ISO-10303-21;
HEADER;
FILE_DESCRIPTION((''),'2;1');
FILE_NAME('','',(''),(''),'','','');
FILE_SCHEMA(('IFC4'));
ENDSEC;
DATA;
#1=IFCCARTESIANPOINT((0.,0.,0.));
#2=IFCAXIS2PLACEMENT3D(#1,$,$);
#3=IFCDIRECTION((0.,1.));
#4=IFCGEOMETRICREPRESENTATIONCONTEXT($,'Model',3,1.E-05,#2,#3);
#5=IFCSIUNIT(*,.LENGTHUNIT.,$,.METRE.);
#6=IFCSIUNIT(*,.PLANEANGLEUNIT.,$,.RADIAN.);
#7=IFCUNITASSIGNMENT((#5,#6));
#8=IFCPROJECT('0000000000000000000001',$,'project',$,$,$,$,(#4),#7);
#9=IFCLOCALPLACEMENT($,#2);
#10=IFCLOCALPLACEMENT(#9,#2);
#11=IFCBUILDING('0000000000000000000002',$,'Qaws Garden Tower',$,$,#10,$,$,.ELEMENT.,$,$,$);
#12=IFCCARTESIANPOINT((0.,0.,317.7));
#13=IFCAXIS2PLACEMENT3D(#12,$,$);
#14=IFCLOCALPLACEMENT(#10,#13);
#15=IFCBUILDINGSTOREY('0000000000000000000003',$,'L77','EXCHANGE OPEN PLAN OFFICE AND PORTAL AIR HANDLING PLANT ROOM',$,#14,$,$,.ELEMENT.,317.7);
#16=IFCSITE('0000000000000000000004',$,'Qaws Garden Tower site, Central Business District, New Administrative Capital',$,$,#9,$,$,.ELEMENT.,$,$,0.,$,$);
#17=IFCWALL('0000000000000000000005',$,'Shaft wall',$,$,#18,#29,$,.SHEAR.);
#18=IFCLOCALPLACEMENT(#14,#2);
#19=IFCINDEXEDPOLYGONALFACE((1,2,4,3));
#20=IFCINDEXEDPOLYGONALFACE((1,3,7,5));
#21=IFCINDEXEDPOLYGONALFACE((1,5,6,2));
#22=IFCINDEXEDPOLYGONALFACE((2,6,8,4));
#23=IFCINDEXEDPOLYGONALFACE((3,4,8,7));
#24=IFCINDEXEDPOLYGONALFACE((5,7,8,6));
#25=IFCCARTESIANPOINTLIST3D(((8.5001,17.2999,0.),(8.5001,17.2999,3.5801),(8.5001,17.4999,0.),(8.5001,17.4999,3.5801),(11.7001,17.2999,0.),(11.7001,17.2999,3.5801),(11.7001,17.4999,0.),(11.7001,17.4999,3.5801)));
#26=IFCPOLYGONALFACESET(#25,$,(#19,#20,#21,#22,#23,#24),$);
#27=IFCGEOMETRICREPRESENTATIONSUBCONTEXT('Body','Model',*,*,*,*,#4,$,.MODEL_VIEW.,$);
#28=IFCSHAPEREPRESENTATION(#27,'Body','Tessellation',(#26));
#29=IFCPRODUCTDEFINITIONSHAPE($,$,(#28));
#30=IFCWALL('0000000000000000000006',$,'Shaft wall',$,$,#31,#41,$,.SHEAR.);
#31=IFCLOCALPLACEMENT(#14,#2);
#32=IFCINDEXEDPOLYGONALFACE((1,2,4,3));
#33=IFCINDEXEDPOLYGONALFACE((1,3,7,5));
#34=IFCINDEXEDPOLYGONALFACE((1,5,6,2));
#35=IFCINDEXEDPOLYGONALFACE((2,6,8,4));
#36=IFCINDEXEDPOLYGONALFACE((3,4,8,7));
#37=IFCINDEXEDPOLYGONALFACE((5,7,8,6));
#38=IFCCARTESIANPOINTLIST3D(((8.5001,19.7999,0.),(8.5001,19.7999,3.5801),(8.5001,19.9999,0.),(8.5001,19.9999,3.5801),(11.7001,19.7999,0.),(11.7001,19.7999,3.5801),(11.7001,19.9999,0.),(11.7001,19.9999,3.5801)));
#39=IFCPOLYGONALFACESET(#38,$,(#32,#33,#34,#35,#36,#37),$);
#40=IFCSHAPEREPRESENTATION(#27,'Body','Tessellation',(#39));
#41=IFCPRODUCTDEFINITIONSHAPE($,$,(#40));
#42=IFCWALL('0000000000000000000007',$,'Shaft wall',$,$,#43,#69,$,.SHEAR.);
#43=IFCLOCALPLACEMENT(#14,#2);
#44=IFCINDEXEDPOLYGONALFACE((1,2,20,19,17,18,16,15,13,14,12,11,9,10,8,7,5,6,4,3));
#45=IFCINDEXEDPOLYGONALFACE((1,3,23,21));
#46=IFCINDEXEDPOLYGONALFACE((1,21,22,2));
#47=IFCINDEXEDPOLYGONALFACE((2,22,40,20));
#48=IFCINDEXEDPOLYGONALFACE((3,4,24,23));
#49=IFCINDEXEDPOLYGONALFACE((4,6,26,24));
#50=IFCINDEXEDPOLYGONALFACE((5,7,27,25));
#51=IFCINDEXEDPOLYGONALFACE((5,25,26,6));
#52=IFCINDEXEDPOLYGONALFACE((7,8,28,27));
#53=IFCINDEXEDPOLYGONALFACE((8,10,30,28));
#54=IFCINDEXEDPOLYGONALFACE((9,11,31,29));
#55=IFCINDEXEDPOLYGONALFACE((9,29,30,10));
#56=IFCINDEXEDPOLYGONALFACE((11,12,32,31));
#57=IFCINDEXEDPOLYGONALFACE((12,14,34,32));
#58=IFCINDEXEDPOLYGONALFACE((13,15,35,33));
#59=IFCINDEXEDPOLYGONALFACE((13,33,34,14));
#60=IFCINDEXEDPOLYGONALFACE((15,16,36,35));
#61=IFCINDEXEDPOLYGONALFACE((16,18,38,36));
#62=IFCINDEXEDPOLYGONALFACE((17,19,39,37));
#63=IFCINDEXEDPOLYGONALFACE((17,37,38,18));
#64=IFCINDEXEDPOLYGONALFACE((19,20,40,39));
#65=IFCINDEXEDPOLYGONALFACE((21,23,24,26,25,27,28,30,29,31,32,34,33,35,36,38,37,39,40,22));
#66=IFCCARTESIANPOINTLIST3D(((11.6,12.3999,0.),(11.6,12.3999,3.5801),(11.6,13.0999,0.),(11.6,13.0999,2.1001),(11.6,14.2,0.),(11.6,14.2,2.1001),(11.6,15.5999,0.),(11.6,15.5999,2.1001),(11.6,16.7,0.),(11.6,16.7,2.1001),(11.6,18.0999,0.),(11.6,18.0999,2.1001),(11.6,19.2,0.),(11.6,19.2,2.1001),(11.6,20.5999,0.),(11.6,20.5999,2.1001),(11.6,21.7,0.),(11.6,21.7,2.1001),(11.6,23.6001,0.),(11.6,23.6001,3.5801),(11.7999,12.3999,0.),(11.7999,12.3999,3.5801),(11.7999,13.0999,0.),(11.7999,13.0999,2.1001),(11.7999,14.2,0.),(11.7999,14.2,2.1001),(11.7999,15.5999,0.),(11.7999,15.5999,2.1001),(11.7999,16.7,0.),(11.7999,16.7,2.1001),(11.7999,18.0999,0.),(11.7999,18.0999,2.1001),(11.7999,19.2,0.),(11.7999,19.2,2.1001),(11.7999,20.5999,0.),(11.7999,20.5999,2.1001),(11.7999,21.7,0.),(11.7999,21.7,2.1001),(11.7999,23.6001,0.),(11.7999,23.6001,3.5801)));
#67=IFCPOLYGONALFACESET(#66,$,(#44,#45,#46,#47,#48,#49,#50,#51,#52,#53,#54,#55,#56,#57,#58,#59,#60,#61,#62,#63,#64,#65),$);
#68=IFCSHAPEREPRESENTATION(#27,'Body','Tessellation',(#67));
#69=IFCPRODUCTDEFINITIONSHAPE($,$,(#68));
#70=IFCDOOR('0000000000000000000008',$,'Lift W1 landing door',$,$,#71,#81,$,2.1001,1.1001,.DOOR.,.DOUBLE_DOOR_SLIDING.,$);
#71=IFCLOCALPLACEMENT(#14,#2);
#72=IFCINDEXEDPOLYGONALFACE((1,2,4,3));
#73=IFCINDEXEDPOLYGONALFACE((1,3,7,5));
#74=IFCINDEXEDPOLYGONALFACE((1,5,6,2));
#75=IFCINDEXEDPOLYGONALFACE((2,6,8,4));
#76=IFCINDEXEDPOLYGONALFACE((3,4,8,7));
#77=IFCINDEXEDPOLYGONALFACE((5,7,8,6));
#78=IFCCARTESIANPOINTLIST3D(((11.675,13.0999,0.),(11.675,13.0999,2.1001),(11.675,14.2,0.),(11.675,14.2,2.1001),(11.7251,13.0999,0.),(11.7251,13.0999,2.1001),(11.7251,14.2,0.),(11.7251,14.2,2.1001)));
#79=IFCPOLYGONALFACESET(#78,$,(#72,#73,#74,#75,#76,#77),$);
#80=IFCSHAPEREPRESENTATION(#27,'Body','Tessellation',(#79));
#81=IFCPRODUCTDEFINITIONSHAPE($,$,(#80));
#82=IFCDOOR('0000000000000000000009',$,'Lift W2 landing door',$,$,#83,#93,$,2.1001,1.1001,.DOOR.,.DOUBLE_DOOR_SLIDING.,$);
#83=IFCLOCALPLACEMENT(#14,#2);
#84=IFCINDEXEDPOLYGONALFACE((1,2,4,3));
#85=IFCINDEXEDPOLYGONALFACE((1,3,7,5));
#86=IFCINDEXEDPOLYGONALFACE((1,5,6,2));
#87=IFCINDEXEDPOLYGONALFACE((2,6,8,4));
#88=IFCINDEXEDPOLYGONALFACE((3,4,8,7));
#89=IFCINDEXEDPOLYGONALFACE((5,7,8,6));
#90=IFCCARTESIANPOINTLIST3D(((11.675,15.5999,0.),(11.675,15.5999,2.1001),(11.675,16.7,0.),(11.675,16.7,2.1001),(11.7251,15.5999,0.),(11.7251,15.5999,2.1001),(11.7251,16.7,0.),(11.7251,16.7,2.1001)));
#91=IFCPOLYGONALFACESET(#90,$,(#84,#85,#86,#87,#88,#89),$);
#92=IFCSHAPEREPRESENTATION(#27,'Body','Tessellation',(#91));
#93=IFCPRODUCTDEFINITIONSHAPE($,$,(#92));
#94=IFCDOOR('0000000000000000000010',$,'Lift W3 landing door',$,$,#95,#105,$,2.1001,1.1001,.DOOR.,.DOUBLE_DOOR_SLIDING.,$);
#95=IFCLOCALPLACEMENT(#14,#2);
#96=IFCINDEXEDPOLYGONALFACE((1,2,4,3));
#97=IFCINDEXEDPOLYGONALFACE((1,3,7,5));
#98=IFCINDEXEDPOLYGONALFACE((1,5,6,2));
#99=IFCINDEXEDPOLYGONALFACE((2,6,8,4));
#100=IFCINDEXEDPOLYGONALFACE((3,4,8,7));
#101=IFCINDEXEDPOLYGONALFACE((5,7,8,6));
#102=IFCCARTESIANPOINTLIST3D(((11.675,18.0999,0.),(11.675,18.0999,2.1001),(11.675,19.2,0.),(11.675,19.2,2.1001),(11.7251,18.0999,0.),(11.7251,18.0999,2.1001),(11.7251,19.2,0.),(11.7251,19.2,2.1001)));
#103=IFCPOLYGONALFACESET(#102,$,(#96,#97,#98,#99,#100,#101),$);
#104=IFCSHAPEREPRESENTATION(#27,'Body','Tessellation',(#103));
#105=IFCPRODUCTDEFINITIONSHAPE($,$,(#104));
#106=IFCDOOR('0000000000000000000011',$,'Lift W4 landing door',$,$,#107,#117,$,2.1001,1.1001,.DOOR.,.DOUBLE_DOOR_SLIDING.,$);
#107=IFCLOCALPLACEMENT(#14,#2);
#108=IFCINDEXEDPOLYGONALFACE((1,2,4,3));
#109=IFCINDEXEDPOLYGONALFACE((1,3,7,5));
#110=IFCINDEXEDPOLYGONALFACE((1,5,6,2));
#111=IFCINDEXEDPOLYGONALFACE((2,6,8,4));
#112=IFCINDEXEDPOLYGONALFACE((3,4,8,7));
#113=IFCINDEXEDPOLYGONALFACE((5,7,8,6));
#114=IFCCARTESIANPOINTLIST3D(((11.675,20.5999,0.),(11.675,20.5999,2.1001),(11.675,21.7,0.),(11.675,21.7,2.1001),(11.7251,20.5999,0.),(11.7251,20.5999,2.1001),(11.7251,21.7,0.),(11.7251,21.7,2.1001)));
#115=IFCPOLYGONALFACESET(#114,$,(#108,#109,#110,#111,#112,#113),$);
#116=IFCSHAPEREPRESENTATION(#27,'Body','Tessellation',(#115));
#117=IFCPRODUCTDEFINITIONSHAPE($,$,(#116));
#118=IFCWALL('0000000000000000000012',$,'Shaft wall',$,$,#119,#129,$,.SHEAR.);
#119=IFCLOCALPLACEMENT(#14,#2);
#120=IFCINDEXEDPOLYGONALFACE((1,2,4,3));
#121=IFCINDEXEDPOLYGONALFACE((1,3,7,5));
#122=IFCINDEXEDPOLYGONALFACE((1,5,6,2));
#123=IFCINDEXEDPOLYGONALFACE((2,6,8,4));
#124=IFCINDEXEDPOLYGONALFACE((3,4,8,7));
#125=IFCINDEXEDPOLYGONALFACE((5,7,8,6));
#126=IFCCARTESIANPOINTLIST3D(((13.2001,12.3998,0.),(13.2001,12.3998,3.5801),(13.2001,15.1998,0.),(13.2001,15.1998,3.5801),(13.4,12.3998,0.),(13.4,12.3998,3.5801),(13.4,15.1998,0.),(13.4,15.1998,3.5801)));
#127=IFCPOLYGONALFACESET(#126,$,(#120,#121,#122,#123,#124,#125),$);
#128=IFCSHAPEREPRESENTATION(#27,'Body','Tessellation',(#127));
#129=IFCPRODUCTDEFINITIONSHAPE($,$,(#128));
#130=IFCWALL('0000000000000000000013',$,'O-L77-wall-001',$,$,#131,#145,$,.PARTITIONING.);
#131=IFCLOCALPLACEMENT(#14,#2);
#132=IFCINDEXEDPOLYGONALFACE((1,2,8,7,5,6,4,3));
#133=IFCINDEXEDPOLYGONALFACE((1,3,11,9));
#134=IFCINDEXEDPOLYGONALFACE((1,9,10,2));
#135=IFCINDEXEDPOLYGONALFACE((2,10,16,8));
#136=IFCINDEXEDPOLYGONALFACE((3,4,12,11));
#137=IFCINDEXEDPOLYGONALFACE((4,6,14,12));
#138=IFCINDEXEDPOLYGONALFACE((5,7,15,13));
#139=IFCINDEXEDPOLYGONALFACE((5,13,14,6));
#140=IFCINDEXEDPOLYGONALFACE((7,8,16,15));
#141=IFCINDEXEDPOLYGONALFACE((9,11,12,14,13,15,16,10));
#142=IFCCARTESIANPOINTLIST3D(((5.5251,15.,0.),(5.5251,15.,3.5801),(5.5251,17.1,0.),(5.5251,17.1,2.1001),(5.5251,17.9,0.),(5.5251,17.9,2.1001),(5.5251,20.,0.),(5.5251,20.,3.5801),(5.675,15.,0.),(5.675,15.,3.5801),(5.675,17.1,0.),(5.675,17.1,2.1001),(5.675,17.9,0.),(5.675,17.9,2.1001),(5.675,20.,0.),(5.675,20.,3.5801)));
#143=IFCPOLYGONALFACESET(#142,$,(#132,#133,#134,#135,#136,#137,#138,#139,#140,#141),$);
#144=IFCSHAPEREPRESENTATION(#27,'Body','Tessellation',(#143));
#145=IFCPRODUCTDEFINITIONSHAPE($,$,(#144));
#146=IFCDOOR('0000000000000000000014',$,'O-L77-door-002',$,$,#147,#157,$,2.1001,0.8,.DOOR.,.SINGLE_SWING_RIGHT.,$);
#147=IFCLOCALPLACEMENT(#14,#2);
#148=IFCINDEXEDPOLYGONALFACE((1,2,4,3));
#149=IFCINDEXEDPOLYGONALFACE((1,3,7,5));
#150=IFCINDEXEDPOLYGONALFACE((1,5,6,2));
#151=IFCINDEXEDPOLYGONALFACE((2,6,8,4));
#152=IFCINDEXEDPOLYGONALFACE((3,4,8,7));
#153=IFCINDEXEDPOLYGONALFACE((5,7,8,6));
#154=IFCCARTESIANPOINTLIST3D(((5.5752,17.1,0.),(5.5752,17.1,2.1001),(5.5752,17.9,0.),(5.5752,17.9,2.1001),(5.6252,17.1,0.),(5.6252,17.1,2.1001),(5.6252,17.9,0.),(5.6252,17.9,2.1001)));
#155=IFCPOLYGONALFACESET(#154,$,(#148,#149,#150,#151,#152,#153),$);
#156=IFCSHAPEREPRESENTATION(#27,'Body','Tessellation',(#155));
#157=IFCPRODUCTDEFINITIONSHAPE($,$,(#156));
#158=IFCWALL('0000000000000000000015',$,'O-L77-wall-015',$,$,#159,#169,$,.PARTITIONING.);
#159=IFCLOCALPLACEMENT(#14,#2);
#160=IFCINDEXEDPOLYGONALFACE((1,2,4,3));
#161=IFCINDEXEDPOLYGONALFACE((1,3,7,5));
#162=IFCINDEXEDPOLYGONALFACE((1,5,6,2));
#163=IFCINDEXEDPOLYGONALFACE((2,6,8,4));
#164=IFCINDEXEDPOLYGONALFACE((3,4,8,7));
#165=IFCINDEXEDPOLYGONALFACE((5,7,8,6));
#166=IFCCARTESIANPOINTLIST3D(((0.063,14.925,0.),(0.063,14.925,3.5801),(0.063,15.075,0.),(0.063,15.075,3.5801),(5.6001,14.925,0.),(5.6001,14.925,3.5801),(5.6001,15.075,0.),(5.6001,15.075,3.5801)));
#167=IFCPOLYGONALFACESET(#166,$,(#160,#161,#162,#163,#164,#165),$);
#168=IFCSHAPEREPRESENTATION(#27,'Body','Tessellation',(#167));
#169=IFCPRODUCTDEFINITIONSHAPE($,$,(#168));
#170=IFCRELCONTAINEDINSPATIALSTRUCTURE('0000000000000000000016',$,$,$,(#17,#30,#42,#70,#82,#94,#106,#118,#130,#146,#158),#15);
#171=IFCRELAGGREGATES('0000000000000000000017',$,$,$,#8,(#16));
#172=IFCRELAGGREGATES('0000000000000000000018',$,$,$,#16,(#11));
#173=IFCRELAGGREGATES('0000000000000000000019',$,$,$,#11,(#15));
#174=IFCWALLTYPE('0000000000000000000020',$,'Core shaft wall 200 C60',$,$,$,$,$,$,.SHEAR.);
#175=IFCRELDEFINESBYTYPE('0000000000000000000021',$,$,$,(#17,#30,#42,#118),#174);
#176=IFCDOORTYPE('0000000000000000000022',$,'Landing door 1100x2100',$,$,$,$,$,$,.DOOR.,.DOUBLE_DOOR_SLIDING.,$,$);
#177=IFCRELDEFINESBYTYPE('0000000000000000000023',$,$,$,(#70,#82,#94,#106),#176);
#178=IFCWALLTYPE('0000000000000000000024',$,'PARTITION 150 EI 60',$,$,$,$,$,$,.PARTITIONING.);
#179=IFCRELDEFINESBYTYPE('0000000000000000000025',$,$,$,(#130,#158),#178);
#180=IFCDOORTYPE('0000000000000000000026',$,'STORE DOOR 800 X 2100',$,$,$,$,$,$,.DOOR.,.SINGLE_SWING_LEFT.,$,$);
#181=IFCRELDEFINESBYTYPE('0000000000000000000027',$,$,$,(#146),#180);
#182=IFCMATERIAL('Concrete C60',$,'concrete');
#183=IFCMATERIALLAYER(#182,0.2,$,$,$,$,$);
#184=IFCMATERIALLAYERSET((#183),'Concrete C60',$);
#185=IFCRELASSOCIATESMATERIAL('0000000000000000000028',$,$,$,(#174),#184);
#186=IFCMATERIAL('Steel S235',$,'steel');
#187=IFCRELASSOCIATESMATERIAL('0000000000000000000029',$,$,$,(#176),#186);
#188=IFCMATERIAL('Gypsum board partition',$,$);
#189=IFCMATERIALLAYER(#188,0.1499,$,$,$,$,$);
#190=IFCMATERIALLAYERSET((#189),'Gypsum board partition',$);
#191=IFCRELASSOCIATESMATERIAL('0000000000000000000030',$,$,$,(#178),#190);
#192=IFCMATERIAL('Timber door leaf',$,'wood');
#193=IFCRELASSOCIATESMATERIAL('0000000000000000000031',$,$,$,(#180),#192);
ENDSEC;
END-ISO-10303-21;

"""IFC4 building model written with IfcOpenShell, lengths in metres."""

from ifc_helpers import new_model, si_unit, direction, frame, frame_2d, origin, place, context, subcontext, project, spatial, rectangle, extrude, material, layer, layer_set, type_object, element, fill, save


model = new_model("IFC4")

# Units and contexts
model_context = context("Model", 3, precision=1e-05, world=origin(), true_north=direction((0.0, 1.0)))
body_context = subcontext(model_context, "Body", "Model", "MODEL_VIEW")
ifc_project = project(units=[si_unit("LENGTHUNIT", "METRE"), si_unit("PLANEANGLEUNIT", "RADIAN")], contexts=[model_context])

# Site, building, storey
site_placement = place(None, origin())
site = spatial("IfcSite", under=ifc_project, at=site_placement, Name="Qaws Garden Tower site, Central Business District, New Administrative Capital", CompositionType="ELEMENT", RefElevation=0.0)
building_placement = place(site_placement, origin())
building = spatial("IfcBuilding", under=site, at=building_placement, Name="Qaws Garden Tower", CompositionType="ELEMENT")
storey_placement = place(building_placement, frame((0.0, 0.0, 317.7)))
storey = spatial("IfcBuildingStorey", under=building, at=storey_placement, Name="L77", Description="EXCHANGE OPEN PLAN OFFICE AND PORTAL AIR HANDLING PLANT ROOM", CompositionType="ELEMENT", Elevation=317.7)

# Walls
ifc_material_1 = material(Name="Concrete C60", Category="concrete")
ifc_layer_1 = layer(ifc_material_1, 0.2)
ifc_layer_set_1 = layer_set([ifc_layer_1], Name="Concrete C60")
wall_type_1 = type_object("IfcWallType", Name="Core shaft wall 200 C60", PredefinedType="SHEAR", material=ifc_layer_set_1)
for number, where, z_axis, x_axis, name in (
    (1, (8.5, 17.3999, 0.0), (0.0, 0.0, 1.0), (1.0, 0.0, 0.0), "Shaft wall"),
    (2, (8.5, 19.8999, 0.0), (0.0, 0.0, 1.0), (1.0, 0.0, 0.0), "Shaft wall"),
):
    element("IfcWall", number, at=place(storey_placement, frame(where, z_axis=z_axis, x_axis=x_axis)), inside=storey, type_object=wall_type_1, Name=name, PredefinedType="SHEAR", context=body_context, shape_type="SweptSolid", body=[
        extrude(rectangle(XDim=3.2, YDim=0.2, at=frame_2d((1.6001, 0.0))), origin(), (0.0, 0.0, 1.0), 3.5801),
    ])

# Wall, openings, doors
wall_1_placement = place(storey_placement, frame((11.7, 12.3999, 0.0), z_axis=(0.0, 0.0, 1.0), x_axis=(0.0, 1.0, 0.0)))
wall_1 = element("IfcWall", 3, at=wall_1_placement, inside=storey, type_object=wall_type_1, Name="Shaft wall", PredefinedType="SHEAR", context=body_context, shape_type="SweptSolid", body=[
    extrude(rectangle(XDim=11.2002, YDim=0.2, at=frame_2d((5.6001, 0.0))), origin(), (0.0, 0.0, 1.0), 3.5801),
])
opening_1_placement = place(wall_1_placement, frame((0.7, 0.0, 0.0)))
opening_1 = element("IfcOpeningElement", 4, at=opening_1_placement, cuts=wall_1, PredefinedType="OPENING", context=body_context, shape_type="SweptSolid", body=[
    extrude(rectangle(XDim=1.1001, YDim=2.1001, at=frame_2d((0.55, 1.05))), frame((0.0, 0.1099, 0.0), z_axis=(0.0, -1.0, 0.0), x_axis=(1.0, 0.0, 0.0)), (0.0, 0.0, 1.0), 0.22),
])
opening_2_placement = place(wall_1_placement, frame((3.2, 0.0, 0.0)))
opening_2 = element("IfcOpeningElement", 5, at=opening_2_placement, cuts=wall_1, PredefinedType="OPENING", context=body_context, shape_type="SweptSolid", body=[
    extrude(rectangle(XDim=1.1001, YDim=2.1001, at=frame_2d((0.55, 1.05))), frame((0.0, 0.1099, 0.0), z_axis=(0.0, -1.0, 0.0), x_axis=(1.0, 0.0, 0.0)), (0.0, 0.0, 1.0), 0.22),
])
opening_3_placement = place(wall_1_placement, frame((5.7, 0.0, 0.0)))
opening_3 = element("IfcOpeningElement", 6, at=opening_3_placement, cuts=wall_1, PredefinedType="OPENING", context=body_context, shape_type="SweptSolid", body=[
    extrude(rectangle(XDim=1.1001, YDim=2.1001, at=frame_2d((0.55, 1.05))), frame((0.0, 0.1099, 0.0), z_axis=(0.0, -1.0, 0.0), x_axis=(1.0, 0.0, 0.0)), (0.0, 0.0, 1.0), 0.22),
])
opening_4_placement = place(wall_1_placement, frame((8.2, 0.0, 0.0)))
opening_4 = element("IfcOpeningElement", 7, at=opening_4_placement, cuts=wall_1, PredefinedType="OPENING", context=body_context, shape_type="SweptSolid", body=[
    extrude(rectangle(XDim=1.1001, YDim=2.1001, at=frame_2d((0.55, 1.05))), frame((0.0, 0.1099, 0.0), z_axis=(0.0, -1.0, 0.0), x_axis=(1.0, 0.0, 0.0)), (0.0, 0.0, 1.0), 0.22),
])
ifc_material_2 = material(Name="Steel S235", Category="steel")
door_type_1 = type_object("IfcDoorType", Name="Landing door 1100x2100", OperationType="DOUBLE_DOOR_SLIDING", PredefinedType="DOOR", material=ifc_material_2)
door_1_placement = place(opening_1_placement, origin())
door_1 = element("IfcDoor", 8, at=door_1_placement, inside=storey, type_object=door_type_1, Name="Lift W1 landing door", OperationType="DOUBLE_DOOR_SLIDING", OverallHeight=2.1001, OverallWidth=1.1001, PredefinedType="DOOR", context=body_context, shape_type="SweptSolid", body=[
    extrude(rectangle(XDim=1.1001, YDim=2.1001, at=frame_2d((0.55, 1.05))), frame((0.0, 0.0249, 0.0), z_axis=(0.0, -1.0, 0.0), x_axis=(1.0, 0.0, 0.0)), (0.0, 0.0, 1.0), 0.05),
])
fill(opening_1, door_1)
door_2_placement = place(opening_2_placement, origin())
door_2 = element("IfcDoor", 9, at=door_2_placement, inside=storey, type_object=door_type_1, Name="Lift W2 landing door", OperationType="DOUBLE_DOOR_SLIDING", OverallHeight=2.1001, OverallWidth=1.1001, PredefinedType="DOOR", context=body_context, shape_type="SweptSolid", body=[
    extrude(rectangle(XDim=1.1001, YDim=2.1001, at=frame_2d((0.55, 1.05))), frame((0.0, 0.0249, 0.0), z_axis=(0.0, -1.0, 0.0), x_axis=(1.0, 0.0, 0.0)), (0.0, 0.0, 1.0), 0.05),
])
fill(opening_2, door_2)
door_3_placement = place(opening_3_placement, origin())
door_3 = element("IfcDoor", 10, at=door_3_placement, inside=storey, type_object=door_type_1, Name="Lift W3 landing door", OperationType="DOUBLE_DOOR_SLIDING", OverallHeight=2.1001, OverallWidth=1.1001, PredefinedType="DOOR", context=body_context, shape_type="SweptSolid", body=[
    extrude(rectangle(XDim=1.1001, YDim=2.1001, at=frame_2d((0.55, 1.05))), frame((0.0, 0.0249, 0.0), z_axis=(0.0, -1.0, 0.0), x_axis=(1.0, 0.0, 0.0)), (0.0, 0.0, 1.0), 0.05),
])
fill(opening_3, door_3)
door_4_placement = place(opening_4_placement, origin())
door_4 = element("IfcDoor", 11, at=door_4_placement, inside=storey, type_object=door_type_1, Name="Lift W4 landing door", OperationType="DOUBLE_DOOR_SLIDING", OverallHeight=2.1001, OverallWidth=1.1001, PredefinedType="DOOR", context=body_context, shape_type="SweptSolid", body=[
    extrude(rectangle(XDim=1.1001, YDim=2.1001, at=frame_2d((0.55, 1.05))), frame((0.0, 0.0249, 0.0), z_axis=(0.0, -1.0, 0.0), x_axis=(1.0, 0.0, 0.0)), (0.0, 0.0, 1.0), 0.05),
])
fill(opening_4, door_4)

# Wall
wall_2_placement = place(storey_placement, frame((13.3, 12.3999, 0.0), z_axis=(0.0, 0.0, 1.0), x_axis=(0.0, 1.0, 0.0)))
element("IfcWall", 12, at=wall_2_placement, inside=storey, type_object=wall_type_1, Name="Shaft wall", PredefinedType="SHEAR", context=body_context, shape_type="SweptSolid", body=[
    extrude(rectangle(XDim=2.8, YDim=0.2, at=frame_2d((1.3999, 0.0))), origin(), (0.0, 0.0, 1.0), 3.5801),
])

# Wall, opening, door
ifc_material_3 = material(Name="Gypsum board partition")
ifc_layer_2 = layer(ifc_material_3, 0.1499)
ifc_layer_set_2 = layer_set([ifc_layer_2], Name="Gypsum board partition")
wall_type_2 = type_object("IfcWallType", Name="PARTITION 150 EI 60", PredefinedType="PARTITIONING", material=ifc_layer_set_2)
wall_3_placement = place(storey_placement, frame((5.6001, 15.0, 0.0), z_axis=(0.0, 0.0, 1.0), x_axis=(0.0, 1.0, 0.0)))
wall_3 = element("IfcWall", 13, at=wall_3_placement, inside=storey, type_object=wall_type_2, Name="O-L77-wall-001", PredefinedType="PARTITIONING", context=body_context, shape_type="SweptSolid", body=[
    extrude(rectangle(XDim=5.0, YDim=0.1499, at=frame_2d((2.5, 0.0))), origin(), (0.0, 0.0, 1.0), 3.5801),
])
opening_5_placement = place(wall_3_placement, frame((2.1001, 0.0, 0.0)))
opening_5 = element("IfcOpeningElement", 14, at=opening_5_placement, cuts=wall_3, PredefinedType="OPENING", context=body_context, shape_type="SweptSolid", body=[
    extrude(rectangle(XDim=0.8, YDim=2.1001, at=frame_2d((0.3999, 1.05))), frame((0.0, 0.085, 0.0), z_axis=(0.0, -1.0, 0.0), x_axis=(1.0, 0.0, 0.0)), (0.0, 0.0, 1.0), 0.1699),
])
ifc_material_4 = material(Name="Timber door leaf", Category="wood")
door_type_2 = type_object("IfcDoorType", Name="STORE DOOR 800 X 2100", OperationType="SINGLE_SWING_LEFT", PredefinedType="DOOR", material=ifc_material_4)
door_5_placement = place(opening_5_placement, origin())
door_5 = element("IfcDoor", 15, at=door_5_placement, inside=storey, type_object=door_type_2, Name="O-L77-door-002", OperationType="SINGLE_SWING_RIGHT", OverallHeight=2.1001, OverallWidth=0.8, PredefinedType="DOOR", context=body_context, shape_type="SweptSolid", body=[
    extrude(rectangle(XDim=0.8, YDim=2.1001, at=frame_2d((0.3999, 1.05))), frame((0.0, 0.0249, 0.0), z_axis=(0.0, -1.0, 0.0), x_axis=(1.0, 0.0, 0.0)), (0.0, 0.0, 1.0), 0.05),
])
fill(opening_5, door_5)

# Wall
wall_4_placement = place(storey_placement, frame((0.063, 15.0, 0.0), z_axis=(0.0, 0.0, 1.0), x_axis=(1.0, 0.0, 0.0)))
element("IfcWall", 16, at=wall_4_placement, inside=storey, type_object=wall_type_2, Name="O-L77-wall-015", PredefinedType="PARTITIONING", context=body_context, shape_type="SweptSolid", body=[
    extrude(rectangle(XDim=5.5371, YDim=0.1499, at=frame_2d((2.7686, 0.0))), origin(), (0.0, 0.0, 1.0), 3.5801),
])

save(model, "model.ifc")
